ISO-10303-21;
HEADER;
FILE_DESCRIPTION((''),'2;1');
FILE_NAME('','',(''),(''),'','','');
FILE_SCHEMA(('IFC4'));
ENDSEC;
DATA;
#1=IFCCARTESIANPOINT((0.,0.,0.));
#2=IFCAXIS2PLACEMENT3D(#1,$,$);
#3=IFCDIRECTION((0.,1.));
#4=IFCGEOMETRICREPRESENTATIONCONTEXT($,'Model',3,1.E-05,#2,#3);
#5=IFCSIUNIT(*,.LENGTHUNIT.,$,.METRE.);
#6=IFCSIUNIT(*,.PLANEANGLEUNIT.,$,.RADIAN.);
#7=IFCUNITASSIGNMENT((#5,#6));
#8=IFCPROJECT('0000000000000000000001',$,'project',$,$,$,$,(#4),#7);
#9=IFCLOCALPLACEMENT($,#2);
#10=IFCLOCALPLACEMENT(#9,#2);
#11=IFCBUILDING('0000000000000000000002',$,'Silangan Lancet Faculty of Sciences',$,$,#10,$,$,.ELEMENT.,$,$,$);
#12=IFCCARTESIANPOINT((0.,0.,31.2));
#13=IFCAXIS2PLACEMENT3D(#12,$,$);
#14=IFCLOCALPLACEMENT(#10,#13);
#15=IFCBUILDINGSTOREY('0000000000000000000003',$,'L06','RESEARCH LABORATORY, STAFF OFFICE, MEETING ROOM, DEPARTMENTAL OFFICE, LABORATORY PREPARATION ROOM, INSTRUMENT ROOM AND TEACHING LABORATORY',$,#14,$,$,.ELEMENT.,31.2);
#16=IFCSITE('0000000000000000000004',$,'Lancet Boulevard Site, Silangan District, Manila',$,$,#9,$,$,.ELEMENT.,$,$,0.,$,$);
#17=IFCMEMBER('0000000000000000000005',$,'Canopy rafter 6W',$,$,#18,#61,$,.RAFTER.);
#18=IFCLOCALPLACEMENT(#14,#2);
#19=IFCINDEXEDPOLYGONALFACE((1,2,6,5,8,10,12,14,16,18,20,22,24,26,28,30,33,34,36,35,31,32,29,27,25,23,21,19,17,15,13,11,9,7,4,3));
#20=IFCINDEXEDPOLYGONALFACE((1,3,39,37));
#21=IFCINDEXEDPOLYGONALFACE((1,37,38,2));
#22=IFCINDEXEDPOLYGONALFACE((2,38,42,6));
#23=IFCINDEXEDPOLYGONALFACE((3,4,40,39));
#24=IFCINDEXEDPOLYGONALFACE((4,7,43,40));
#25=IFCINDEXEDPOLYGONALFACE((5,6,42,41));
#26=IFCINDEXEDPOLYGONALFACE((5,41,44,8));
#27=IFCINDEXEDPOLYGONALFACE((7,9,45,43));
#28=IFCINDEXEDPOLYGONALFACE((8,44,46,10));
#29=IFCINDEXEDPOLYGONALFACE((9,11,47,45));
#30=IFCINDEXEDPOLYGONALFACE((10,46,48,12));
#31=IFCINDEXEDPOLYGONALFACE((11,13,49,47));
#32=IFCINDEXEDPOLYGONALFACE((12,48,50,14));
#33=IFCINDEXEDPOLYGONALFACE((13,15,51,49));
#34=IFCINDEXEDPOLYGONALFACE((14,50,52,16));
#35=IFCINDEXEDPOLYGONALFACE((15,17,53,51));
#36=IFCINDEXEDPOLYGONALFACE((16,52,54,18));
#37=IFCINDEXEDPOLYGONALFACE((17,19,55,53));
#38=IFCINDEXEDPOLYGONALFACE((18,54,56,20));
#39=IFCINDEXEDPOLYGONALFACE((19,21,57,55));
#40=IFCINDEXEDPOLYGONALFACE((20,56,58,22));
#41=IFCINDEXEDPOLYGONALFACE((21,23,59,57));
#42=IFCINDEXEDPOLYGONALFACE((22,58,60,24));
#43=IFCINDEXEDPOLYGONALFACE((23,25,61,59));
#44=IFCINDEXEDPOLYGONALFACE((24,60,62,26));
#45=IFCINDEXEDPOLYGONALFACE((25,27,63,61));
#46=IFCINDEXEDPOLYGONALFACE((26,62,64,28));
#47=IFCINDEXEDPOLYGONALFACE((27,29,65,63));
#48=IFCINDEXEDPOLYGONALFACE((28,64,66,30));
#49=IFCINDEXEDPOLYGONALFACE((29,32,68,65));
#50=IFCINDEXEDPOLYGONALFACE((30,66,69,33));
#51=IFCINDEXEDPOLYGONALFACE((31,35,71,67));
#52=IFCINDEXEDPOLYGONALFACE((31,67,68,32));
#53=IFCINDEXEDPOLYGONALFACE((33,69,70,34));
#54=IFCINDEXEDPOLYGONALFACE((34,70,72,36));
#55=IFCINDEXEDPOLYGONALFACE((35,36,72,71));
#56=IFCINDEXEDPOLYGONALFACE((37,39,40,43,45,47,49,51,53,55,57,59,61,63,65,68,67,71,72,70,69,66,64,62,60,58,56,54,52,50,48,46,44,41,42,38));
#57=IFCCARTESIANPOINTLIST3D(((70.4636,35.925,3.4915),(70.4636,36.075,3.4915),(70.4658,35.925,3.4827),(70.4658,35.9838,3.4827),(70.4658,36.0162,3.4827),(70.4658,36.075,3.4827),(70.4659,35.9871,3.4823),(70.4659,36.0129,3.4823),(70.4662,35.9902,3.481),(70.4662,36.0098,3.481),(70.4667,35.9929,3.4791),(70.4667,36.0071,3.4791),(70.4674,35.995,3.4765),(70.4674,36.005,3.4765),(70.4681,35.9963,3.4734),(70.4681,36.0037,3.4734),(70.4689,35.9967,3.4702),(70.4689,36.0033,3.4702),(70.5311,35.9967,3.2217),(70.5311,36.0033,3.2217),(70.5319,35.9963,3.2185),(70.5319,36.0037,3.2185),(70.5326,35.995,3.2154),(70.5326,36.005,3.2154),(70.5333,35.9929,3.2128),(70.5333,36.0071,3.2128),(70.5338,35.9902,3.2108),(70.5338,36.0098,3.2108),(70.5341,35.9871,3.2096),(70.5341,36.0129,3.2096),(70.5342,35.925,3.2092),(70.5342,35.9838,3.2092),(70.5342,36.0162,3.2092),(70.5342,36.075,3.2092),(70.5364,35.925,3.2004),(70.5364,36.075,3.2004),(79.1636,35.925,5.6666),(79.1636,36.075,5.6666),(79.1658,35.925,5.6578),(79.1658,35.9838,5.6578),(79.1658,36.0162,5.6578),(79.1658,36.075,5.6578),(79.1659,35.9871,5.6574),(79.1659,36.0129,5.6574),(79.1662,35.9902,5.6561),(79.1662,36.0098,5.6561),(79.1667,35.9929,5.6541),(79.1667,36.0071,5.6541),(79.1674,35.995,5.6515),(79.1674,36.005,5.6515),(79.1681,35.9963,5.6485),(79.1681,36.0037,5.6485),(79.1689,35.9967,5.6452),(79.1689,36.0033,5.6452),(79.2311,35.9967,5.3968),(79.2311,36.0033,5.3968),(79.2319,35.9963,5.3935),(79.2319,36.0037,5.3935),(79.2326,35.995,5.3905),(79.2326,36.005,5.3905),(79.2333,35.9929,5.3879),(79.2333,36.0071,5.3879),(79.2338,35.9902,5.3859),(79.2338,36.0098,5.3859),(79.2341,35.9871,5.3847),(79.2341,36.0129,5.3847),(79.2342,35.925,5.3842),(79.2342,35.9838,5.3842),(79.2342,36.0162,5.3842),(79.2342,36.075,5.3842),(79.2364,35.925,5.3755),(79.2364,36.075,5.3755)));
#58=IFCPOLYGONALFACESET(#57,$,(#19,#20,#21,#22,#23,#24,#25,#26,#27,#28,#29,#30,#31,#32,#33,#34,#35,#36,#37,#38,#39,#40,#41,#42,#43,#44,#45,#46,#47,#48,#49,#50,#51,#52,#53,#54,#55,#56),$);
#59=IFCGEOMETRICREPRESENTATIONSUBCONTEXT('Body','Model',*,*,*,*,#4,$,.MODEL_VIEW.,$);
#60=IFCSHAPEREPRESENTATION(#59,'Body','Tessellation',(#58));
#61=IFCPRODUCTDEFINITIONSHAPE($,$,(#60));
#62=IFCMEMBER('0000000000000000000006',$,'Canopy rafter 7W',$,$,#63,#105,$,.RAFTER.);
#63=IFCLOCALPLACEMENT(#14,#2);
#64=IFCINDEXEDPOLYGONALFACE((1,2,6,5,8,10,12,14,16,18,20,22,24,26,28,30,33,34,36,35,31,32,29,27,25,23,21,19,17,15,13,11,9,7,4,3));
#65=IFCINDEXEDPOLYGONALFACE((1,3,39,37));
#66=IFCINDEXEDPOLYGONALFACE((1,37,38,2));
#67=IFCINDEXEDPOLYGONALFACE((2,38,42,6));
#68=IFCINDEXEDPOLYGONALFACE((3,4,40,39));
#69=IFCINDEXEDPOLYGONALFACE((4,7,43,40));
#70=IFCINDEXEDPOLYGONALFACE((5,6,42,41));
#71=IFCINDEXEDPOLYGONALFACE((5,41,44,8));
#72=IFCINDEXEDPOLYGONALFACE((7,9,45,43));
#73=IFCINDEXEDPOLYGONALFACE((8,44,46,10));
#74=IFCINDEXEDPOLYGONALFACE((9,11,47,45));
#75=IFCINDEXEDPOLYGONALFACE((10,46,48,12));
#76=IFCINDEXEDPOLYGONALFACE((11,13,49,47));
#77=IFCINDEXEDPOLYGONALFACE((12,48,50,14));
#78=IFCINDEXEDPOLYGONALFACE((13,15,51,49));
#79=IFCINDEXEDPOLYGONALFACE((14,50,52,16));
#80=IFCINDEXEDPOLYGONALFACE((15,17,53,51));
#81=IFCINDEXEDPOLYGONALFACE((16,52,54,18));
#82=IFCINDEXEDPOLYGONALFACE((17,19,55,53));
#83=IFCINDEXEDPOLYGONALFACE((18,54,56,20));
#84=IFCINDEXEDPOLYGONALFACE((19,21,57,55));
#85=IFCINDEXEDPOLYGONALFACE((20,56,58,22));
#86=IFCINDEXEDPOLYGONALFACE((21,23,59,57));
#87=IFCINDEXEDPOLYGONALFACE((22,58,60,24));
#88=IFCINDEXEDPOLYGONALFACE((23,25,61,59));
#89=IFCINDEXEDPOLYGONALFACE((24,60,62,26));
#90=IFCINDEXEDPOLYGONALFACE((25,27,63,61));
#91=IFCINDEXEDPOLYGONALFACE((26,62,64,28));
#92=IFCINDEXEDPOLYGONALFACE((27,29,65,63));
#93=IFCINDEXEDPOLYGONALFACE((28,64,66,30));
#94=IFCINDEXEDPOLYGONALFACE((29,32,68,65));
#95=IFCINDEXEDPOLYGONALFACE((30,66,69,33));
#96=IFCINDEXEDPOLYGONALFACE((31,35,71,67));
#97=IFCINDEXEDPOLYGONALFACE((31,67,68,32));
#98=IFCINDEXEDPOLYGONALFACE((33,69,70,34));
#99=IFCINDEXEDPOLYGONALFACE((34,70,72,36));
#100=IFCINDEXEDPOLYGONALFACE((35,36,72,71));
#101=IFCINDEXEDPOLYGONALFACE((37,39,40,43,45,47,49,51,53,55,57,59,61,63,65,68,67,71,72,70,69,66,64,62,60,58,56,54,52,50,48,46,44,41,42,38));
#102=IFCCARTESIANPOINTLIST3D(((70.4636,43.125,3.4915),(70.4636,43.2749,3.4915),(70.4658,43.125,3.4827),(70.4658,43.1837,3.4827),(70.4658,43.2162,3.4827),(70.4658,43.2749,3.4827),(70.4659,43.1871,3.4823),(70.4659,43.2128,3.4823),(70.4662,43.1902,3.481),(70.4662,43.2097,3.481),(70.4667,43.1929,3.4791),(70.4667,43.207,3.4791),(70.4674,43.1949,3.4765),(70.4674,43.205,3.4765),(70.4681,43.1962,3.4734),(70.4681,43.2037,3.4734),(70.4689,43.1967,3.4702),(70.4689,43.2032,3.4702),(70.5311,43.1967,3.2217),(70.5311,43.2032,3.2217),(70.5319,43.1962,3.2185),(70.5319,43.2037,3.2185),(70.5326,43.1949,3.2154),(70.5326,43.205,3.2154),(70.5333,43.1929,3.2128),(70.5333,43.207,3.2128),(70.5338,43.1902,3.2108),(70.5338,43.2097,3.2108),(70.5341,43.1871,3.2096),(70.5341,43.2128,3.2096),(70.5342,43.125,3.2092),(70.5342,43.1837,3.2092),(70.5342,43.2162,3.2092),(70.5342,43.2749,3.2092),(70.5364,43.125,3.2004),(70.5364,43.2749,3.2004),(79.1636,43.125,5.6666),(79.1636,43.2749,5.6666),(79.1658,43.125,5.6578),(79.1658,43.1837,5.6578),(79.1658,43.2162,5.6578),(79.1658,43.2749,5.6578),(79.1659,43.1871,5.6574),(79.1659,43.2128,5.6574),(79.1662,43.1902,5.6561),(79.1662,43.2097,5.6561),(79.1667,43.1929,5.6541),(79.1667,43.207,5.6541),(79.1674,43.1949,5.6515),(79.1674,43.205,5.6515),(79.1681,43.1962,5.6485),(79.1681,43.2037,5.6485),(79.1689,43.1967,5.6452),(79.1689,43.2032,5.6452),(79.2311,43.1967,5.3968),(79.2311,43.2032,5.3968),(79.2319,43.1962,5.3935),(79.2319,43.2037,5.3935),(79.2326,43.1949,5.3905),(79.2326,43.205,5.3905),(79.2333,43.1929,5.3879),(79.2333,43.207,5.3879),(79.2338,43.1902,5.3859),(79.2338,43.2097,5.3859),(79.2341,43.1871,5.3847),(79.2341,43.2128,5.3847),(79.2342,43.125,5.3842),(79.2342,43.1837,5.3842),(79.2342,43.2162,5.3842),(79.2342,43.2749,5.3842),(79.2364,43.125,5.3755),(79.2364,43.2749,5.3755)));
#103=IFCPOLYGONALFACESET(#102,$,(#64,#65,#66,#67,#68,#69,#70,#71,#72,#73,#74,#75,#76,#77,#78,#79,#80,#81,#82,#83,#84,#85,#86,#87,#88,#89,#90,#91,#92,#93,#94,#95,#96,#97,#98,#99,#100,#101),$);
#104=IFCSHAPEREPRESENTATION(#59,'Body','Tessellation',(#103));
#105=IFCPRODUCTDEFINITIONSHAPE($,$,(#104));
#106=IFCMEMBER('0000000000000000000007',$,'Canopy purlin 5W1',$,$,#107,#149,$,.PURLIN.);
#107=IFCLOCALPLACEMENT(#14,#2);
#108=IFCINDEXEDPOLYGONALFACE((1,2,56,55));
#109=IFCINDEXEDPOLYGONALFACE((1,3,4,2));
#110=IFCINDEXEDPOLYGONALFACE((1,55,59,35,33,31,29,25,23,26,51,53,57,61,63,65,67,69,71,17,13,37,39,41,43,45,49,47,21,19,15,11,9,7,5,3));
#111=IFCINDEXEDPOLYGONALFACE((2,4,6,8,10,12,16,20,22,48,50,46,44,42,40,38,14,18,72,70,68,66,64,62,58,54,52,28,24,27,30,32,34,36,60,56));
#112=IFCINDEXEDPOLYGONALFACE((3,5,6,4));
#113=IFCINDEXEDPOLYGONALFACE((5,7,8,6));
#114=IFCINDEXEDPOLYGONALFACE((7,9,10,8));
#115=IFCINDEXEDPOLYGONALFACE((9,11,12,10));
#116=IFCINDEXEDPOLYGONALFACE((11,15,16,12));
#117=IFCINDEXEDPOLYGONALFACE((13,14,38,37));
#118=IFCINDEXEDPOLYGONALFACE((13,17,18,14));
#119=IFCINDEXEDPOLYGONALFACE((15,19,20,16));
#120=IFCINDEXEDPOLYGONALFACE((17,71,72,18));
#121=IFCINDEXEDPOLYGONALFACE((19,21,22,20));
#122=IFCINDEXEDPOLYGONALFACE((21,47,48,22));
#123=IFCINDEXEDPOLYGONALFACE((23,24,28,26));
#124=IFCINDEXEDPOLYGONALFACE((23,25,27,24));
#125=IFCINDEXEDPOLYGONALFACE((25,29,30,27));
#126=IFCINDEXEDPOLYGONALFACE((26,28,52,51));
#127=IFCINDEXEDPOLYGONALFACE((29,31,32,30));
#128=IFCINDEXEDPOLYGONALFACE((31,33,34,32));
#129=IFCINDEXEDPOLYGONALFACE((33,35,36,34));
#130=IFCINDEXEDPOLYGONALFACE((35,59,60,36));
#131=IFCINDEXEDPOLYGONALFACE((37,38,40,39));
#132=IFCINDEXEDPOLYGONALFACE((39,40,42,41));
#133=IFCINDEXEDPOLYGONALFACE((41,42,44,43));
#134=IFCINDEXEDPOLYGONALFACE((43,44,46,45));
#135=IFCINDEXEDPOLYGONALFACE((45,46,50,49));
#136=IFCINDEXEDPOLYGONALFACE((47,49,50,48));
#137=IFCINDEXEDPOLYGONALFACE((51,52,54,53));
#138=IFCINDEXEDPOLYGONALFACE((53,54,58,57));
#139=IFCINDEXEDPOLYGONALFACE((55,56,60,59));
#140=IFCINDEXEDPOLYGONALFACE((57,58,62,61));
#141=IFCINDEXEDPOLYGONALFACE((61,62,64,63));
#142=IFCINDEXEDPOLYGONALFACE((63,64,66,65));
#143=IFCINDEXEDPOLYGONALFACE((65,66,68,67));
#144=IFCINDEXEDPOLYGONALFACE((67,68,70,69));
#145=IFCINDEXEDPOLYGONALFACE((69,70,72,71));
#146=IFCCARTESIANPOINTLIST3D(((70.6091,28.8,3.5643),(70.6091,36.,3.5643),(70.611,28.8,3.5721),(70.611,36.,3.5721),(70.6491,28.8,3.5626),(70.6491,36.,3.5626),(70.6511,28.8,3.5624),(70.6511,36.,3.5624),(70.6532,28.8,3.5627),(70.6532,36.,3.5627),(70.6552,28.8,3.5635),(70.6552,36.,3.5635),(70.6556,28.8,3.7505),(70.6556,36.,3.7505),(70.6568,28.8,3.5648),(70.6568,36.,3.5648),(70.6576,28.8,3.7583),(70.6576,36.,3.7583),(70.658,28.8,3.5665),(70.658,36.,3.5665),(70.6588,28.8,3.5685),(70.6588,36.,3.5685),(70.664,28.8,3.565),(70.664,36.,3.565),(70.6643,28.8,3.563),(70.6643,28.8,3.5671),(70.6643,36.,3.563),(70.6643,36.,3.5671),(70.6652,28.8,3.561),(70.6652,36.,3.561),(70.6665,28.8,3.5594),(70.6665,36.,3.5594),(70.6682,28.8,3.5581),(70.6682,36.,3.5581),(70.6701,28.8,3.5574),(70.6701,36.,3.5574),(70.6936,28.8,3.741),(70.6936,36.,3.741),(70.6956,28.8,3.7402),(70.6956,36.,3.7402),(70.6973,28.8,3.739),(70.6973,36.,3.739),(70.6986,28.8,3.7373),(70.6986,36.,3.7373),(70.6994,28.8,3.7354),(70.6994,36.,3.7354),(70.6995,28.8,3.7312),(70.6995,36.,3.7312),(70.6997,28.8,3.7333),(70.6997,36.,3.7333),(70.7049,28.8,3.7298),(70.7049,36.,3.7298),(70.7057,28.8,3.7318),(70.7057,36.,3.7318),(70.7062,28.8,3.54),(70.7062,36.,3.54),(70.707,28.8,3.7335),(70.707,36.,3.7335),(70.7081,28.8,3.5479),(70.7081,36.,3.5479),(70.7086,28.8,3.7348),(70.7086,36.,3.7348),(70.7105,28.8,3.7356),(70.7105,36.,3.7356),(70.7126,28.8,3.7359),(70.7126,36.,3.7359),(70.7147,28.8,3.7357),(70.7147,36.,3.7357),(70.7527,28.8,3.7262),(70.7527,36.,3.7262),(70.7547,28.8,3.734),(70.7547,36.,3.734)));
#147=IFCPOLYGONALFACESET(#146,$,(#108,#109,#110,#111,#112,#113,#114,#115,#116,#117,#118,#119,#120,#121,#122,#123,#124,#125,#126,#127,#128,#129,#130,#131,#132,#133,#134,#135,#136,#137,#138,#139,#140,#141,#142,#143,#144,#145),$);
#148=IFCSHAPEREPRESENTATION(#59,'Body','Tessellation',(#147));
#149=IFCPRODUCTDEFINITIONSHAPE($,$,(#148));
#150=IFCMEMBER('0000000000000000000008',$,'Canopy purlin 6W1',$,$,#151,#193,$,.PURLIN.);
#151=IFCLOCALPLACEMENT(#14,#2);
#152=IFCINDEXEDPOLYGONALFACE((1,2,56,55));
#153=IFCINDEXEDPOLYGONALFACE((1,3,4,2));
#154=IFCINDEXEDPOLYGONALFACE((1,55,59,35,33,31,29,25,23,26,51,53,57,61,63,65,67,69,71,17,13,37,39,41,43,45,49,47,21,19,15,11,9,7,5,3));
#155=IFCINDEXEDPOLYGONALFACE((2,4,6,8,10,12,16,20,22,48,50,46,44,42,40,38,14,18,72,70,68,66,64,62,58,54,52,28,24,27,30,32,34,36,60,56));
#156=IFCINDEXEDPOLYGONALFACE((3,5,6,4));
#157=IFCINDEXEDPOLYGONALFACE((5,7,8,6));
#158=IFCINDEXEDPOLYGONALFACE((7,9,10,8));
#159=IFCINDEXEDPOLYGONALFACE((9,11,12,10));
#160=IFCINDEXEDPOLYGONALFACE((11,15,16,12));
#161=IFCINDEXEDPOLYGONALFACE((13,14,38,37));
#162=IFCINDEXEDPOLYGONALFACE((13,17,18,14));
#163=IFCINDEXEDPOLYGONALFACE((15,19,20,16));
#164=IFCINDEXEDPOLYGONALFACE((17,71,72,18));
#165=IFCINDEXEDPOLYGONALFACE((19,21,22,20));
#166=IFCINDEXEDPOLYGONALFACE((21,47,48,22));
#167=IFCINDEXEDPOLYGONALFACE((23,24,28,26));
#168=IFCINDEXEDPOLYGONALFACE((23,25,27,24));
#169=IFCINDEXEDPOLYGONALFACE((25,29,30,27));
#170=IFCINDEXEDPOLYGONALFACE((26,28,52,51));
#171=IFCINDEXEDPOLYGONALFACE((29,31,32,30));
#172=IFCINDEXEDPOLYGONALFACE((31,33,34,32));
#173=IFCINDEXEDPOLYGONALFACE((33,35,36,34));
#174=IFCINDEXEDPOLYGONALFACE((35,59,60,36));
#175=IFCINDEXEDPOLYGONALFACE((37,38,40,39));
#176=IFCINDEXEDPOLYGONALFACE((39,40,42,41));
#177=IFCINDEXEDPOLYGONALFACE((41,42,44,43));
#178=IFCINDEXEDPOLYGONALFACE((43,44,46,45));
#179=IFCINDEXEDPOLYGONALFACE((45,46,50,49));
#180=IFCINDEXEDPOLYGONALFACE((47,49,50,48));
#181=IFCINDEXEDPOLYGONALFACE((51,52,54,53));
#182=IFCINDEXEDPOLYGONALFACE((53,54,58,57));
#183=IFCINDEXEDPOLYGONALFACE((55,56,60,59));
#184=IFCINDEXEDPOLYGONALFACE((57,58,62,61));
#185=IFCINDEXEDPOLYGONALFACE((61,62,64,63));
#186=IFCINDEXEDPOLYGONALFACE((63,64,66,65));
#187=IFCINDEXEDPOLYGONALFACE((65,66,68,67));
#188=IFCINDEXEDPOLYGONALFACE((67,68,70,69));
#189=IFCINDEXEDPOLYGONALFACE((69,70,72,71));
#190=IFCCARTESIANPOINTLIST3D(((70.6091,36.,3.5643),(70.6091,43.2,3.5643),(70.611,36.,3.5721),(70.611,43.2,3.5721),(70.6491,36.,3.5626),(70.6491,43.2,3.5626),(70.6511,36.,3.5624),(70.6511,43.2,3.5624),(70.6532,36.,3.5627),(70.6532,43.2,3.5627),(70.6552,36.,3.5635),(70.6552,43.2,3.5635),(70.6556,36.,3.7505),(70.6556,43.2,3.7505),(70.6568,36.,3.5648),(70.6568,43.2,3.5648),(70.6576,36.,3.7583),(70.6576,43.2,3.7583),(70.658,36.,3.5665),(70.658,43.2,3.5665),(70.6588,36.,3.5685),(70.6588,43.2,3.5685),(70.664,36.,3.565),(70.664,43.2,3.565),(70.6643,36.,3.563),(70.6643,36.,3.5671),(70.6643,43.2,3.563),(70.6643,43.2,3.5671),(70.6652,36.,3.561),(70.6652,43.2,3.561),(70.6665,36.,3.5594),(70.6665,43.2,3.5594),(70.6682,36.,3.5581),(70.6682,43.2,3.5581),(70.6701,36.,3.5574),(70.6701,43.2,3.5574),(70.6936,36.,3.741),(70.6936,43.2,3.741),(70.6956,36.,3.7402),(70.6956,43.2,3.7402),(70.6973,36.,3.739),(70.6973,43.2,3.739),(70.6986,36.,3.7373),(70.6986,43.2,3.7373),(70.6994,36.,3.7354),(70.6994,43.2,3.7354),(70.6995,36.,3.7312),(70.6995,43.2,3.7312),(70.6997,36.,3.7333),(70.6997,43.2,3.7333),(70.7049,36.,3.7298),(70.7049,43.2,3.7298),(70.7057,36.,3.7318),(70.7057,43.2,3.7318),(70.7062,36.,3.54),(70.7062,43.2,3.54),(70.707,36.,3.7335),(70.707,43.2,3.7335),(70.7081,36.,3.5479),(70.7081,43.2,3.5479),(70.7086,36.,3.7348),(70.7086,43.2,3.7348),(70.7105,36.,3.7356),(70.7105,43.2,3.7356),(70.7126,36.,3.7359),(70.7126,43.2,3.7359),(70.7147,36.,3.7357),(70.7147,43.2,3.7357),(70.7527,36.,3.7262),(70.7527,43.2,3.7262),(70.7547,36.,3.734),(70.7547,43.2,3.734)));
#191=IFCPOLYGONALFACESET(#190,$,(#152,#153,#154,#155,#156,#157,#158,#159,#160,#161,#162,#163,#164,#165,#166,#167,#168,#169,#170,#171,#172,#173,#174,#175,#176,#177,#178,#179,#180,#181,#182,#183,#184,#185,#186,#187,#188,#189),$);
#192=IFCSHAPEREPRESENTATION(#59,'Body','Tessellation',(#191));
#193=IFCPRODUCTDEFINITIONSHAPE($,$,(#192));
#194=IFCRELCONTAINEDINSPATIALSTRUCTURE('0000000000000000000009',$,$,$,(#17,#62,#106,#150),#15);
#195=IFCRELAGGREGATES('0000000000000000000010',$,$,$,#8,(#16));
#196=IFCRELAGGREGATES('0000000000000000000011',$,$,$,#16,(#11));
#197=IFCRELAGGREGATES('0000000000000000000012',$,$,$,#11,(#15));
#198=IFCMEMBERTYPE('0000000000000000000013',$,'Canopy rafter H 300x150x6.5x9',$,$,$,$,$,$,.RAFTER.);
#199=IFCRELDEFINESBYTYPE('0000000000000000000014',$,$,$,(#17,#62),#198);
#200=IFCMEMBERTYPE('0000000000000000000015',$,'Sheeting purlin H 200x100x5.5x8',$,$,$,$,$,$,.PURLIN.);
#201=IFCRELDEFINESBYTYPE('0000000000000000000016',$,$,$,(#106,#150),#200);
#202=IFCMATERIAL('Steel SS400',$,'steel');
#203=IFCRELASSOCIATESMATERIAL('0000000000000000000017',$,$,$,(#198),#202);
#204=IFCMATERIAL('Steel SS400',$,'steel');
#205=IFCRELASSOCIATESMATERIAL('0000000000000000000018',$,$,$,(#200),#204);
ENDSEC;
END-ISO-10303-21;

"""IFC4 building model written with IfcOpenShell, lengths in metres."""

from ifc_helpers import new_model, si_unit, direction, frame, origin, origin_2d, place, context, subcontext, project, spatial, i_section, extrude, material, material_profile, profile_set, type_object, element, save


model = new_model("IFC4")

# Units and contexts
model_context = context("Model", 3, precision=1e-05, world=origin(), true_north=direction((0.0, 1.0)))
body_context = subcontext(model_context, "Body", "Model", "MODEL_VIEW")
ifc_project = project(units=[si_unit("LENGTHUNIT", "METRE"), si_unit("PLANEANGLEUNIT", "RADIAN")], contexts=[model_context])

# Site, building, storey
site_placement = place(None, origin())
site = spatial("IfcSite", under=ifc_project, at=site_placement, Name="Lancet Boulevard Site, Silangan District, Manila", CompositionType="ELEMENT", RefElevation=0.0)
building_placement = place(site_placement, origin())
building = spatial("IfcBuilding", under=site, at=building_placement, Name="Silangan Lancet Faculty of Sciences", CompositionType="ELEMENT")
storey_placement = place(building_placement, frame((0.0, 0.0, 31.2)))
storey = spatial("IfcBuildingStorey", under=building, at=storey_placement, Name="L06", Description="RESEARCH LABORATORY, STAFF OFFICE, MEETING ROOM, DEPARTMENTAL OFFICE, LABORATORY PREPARATION ROOM, INSTRUMENT ROOM AND TEACHING LABORATORY", CompositionType="ELEMENT", Elevation=31.2)

# Members
ifc_material_1 = material(Name="Steel SS400", Category="steel")
ifc_material_profile_1 = material_profile(ifc_material_1, i_section(OverallWidth=0.1499, OverallDepth=0.3, WebThickness=0.0066, FlangeThickness=0.009, FilletRadius=0.0129, at=origin_2d()), Name="H 300x150x6.5x9")
ifc_profile_set_1 = profile_set([ifc_material_profile_1], Name="Steel SS400")
member_type_1 = type_object("IfcMemberType", Name="Canopy rafter H 300x150x6.5x9", PredefinedType="RAFTER", material=ifc_profile_set_1)
for number, where, z_axis, x_axis, name in (
    (1, (70.5, 36.0, 3.3459), (0.970141, 0.0, 0.242542), (0.0, 1.0, 0.0), "Canopy rafter 6W"),
    (2, (70.5, 43.2, 3.3459), (0.970141, 0.0, 0.242542), (0.0, 1.0, 0.0), "Canopy rafter 7W"),
):
    element("IfcMember", number, at=place(storey_placement, frame(where, z_axis=z_axis, x_axis=x_axis)), inside=storey, type_object=member_type_1, Name=name, PredefinedType="RAFTER", context=body_context, shape_type="SweptSolid", body=[
        extrude(i_section(OverallWidth=0.1499, OverallDepth=0.3, WebThickness=0.0066, FlangeThickness=0.009, FilletRadius=0.0129, at=origin_2d()), origin(), (0.0, 0.0, 1.0), 8.9678),
    ])
ifc_material_2 = material(Name="Steel SS400", Category="steel")
ifc_material_profile_2 = material_profile(ifc_material_2, i_section(OverallWidth=0.1001, OverallDepth=0.2, WebThickness=0.0056, FlangeThickness=0.0081, FilletRadius=0.0081, at=origin_2d()), Name="H 200x100x5.5x8")
ifc_profile_set_2 = profile_set([ifc_material_profile_2], Name="Steel SS400")
member_type_2 = type_object("IfcMemberType", Name="Sheeting purlin H 200x100x5.5x8", PredefinedType="PURLIN", material=ifc_profile_set_2)
for number, where, z_axis, x_axis, name in (
    (3, (70.6819, 28.8, 3.6492), (0.0, 1.0, 0.0), (-0.970143, 0.0, 0.242536), "Canopy purlin 5W1"),
    (4, (70.6819, 36.0, 3.6492), (0.0, 1.0, 0.0), (-0.970143, 0.0, 0.242536), "Canopy purlin 6W1"),
):
    element("IfcMember", number, at=place(storey_placement, frame(where, z_axis=z_axis, x_axis=x_axis)), inside=storey, type_object=member_type_2, Name=name, PredefinedType="PURLIN", context=body_context, shape_type="SweptSolid", body=[
        extrude(i_section(OverallWidth=0.1001, OverallDepth=0.2, WebThickness=0.0056, FlangeThickness=0.0081, FilletRadius=0.0081, at=origin_2d()), origin(), (0.0, 0.0, 1.0), 7.2),
    ])

save(model, "model.ifc")
